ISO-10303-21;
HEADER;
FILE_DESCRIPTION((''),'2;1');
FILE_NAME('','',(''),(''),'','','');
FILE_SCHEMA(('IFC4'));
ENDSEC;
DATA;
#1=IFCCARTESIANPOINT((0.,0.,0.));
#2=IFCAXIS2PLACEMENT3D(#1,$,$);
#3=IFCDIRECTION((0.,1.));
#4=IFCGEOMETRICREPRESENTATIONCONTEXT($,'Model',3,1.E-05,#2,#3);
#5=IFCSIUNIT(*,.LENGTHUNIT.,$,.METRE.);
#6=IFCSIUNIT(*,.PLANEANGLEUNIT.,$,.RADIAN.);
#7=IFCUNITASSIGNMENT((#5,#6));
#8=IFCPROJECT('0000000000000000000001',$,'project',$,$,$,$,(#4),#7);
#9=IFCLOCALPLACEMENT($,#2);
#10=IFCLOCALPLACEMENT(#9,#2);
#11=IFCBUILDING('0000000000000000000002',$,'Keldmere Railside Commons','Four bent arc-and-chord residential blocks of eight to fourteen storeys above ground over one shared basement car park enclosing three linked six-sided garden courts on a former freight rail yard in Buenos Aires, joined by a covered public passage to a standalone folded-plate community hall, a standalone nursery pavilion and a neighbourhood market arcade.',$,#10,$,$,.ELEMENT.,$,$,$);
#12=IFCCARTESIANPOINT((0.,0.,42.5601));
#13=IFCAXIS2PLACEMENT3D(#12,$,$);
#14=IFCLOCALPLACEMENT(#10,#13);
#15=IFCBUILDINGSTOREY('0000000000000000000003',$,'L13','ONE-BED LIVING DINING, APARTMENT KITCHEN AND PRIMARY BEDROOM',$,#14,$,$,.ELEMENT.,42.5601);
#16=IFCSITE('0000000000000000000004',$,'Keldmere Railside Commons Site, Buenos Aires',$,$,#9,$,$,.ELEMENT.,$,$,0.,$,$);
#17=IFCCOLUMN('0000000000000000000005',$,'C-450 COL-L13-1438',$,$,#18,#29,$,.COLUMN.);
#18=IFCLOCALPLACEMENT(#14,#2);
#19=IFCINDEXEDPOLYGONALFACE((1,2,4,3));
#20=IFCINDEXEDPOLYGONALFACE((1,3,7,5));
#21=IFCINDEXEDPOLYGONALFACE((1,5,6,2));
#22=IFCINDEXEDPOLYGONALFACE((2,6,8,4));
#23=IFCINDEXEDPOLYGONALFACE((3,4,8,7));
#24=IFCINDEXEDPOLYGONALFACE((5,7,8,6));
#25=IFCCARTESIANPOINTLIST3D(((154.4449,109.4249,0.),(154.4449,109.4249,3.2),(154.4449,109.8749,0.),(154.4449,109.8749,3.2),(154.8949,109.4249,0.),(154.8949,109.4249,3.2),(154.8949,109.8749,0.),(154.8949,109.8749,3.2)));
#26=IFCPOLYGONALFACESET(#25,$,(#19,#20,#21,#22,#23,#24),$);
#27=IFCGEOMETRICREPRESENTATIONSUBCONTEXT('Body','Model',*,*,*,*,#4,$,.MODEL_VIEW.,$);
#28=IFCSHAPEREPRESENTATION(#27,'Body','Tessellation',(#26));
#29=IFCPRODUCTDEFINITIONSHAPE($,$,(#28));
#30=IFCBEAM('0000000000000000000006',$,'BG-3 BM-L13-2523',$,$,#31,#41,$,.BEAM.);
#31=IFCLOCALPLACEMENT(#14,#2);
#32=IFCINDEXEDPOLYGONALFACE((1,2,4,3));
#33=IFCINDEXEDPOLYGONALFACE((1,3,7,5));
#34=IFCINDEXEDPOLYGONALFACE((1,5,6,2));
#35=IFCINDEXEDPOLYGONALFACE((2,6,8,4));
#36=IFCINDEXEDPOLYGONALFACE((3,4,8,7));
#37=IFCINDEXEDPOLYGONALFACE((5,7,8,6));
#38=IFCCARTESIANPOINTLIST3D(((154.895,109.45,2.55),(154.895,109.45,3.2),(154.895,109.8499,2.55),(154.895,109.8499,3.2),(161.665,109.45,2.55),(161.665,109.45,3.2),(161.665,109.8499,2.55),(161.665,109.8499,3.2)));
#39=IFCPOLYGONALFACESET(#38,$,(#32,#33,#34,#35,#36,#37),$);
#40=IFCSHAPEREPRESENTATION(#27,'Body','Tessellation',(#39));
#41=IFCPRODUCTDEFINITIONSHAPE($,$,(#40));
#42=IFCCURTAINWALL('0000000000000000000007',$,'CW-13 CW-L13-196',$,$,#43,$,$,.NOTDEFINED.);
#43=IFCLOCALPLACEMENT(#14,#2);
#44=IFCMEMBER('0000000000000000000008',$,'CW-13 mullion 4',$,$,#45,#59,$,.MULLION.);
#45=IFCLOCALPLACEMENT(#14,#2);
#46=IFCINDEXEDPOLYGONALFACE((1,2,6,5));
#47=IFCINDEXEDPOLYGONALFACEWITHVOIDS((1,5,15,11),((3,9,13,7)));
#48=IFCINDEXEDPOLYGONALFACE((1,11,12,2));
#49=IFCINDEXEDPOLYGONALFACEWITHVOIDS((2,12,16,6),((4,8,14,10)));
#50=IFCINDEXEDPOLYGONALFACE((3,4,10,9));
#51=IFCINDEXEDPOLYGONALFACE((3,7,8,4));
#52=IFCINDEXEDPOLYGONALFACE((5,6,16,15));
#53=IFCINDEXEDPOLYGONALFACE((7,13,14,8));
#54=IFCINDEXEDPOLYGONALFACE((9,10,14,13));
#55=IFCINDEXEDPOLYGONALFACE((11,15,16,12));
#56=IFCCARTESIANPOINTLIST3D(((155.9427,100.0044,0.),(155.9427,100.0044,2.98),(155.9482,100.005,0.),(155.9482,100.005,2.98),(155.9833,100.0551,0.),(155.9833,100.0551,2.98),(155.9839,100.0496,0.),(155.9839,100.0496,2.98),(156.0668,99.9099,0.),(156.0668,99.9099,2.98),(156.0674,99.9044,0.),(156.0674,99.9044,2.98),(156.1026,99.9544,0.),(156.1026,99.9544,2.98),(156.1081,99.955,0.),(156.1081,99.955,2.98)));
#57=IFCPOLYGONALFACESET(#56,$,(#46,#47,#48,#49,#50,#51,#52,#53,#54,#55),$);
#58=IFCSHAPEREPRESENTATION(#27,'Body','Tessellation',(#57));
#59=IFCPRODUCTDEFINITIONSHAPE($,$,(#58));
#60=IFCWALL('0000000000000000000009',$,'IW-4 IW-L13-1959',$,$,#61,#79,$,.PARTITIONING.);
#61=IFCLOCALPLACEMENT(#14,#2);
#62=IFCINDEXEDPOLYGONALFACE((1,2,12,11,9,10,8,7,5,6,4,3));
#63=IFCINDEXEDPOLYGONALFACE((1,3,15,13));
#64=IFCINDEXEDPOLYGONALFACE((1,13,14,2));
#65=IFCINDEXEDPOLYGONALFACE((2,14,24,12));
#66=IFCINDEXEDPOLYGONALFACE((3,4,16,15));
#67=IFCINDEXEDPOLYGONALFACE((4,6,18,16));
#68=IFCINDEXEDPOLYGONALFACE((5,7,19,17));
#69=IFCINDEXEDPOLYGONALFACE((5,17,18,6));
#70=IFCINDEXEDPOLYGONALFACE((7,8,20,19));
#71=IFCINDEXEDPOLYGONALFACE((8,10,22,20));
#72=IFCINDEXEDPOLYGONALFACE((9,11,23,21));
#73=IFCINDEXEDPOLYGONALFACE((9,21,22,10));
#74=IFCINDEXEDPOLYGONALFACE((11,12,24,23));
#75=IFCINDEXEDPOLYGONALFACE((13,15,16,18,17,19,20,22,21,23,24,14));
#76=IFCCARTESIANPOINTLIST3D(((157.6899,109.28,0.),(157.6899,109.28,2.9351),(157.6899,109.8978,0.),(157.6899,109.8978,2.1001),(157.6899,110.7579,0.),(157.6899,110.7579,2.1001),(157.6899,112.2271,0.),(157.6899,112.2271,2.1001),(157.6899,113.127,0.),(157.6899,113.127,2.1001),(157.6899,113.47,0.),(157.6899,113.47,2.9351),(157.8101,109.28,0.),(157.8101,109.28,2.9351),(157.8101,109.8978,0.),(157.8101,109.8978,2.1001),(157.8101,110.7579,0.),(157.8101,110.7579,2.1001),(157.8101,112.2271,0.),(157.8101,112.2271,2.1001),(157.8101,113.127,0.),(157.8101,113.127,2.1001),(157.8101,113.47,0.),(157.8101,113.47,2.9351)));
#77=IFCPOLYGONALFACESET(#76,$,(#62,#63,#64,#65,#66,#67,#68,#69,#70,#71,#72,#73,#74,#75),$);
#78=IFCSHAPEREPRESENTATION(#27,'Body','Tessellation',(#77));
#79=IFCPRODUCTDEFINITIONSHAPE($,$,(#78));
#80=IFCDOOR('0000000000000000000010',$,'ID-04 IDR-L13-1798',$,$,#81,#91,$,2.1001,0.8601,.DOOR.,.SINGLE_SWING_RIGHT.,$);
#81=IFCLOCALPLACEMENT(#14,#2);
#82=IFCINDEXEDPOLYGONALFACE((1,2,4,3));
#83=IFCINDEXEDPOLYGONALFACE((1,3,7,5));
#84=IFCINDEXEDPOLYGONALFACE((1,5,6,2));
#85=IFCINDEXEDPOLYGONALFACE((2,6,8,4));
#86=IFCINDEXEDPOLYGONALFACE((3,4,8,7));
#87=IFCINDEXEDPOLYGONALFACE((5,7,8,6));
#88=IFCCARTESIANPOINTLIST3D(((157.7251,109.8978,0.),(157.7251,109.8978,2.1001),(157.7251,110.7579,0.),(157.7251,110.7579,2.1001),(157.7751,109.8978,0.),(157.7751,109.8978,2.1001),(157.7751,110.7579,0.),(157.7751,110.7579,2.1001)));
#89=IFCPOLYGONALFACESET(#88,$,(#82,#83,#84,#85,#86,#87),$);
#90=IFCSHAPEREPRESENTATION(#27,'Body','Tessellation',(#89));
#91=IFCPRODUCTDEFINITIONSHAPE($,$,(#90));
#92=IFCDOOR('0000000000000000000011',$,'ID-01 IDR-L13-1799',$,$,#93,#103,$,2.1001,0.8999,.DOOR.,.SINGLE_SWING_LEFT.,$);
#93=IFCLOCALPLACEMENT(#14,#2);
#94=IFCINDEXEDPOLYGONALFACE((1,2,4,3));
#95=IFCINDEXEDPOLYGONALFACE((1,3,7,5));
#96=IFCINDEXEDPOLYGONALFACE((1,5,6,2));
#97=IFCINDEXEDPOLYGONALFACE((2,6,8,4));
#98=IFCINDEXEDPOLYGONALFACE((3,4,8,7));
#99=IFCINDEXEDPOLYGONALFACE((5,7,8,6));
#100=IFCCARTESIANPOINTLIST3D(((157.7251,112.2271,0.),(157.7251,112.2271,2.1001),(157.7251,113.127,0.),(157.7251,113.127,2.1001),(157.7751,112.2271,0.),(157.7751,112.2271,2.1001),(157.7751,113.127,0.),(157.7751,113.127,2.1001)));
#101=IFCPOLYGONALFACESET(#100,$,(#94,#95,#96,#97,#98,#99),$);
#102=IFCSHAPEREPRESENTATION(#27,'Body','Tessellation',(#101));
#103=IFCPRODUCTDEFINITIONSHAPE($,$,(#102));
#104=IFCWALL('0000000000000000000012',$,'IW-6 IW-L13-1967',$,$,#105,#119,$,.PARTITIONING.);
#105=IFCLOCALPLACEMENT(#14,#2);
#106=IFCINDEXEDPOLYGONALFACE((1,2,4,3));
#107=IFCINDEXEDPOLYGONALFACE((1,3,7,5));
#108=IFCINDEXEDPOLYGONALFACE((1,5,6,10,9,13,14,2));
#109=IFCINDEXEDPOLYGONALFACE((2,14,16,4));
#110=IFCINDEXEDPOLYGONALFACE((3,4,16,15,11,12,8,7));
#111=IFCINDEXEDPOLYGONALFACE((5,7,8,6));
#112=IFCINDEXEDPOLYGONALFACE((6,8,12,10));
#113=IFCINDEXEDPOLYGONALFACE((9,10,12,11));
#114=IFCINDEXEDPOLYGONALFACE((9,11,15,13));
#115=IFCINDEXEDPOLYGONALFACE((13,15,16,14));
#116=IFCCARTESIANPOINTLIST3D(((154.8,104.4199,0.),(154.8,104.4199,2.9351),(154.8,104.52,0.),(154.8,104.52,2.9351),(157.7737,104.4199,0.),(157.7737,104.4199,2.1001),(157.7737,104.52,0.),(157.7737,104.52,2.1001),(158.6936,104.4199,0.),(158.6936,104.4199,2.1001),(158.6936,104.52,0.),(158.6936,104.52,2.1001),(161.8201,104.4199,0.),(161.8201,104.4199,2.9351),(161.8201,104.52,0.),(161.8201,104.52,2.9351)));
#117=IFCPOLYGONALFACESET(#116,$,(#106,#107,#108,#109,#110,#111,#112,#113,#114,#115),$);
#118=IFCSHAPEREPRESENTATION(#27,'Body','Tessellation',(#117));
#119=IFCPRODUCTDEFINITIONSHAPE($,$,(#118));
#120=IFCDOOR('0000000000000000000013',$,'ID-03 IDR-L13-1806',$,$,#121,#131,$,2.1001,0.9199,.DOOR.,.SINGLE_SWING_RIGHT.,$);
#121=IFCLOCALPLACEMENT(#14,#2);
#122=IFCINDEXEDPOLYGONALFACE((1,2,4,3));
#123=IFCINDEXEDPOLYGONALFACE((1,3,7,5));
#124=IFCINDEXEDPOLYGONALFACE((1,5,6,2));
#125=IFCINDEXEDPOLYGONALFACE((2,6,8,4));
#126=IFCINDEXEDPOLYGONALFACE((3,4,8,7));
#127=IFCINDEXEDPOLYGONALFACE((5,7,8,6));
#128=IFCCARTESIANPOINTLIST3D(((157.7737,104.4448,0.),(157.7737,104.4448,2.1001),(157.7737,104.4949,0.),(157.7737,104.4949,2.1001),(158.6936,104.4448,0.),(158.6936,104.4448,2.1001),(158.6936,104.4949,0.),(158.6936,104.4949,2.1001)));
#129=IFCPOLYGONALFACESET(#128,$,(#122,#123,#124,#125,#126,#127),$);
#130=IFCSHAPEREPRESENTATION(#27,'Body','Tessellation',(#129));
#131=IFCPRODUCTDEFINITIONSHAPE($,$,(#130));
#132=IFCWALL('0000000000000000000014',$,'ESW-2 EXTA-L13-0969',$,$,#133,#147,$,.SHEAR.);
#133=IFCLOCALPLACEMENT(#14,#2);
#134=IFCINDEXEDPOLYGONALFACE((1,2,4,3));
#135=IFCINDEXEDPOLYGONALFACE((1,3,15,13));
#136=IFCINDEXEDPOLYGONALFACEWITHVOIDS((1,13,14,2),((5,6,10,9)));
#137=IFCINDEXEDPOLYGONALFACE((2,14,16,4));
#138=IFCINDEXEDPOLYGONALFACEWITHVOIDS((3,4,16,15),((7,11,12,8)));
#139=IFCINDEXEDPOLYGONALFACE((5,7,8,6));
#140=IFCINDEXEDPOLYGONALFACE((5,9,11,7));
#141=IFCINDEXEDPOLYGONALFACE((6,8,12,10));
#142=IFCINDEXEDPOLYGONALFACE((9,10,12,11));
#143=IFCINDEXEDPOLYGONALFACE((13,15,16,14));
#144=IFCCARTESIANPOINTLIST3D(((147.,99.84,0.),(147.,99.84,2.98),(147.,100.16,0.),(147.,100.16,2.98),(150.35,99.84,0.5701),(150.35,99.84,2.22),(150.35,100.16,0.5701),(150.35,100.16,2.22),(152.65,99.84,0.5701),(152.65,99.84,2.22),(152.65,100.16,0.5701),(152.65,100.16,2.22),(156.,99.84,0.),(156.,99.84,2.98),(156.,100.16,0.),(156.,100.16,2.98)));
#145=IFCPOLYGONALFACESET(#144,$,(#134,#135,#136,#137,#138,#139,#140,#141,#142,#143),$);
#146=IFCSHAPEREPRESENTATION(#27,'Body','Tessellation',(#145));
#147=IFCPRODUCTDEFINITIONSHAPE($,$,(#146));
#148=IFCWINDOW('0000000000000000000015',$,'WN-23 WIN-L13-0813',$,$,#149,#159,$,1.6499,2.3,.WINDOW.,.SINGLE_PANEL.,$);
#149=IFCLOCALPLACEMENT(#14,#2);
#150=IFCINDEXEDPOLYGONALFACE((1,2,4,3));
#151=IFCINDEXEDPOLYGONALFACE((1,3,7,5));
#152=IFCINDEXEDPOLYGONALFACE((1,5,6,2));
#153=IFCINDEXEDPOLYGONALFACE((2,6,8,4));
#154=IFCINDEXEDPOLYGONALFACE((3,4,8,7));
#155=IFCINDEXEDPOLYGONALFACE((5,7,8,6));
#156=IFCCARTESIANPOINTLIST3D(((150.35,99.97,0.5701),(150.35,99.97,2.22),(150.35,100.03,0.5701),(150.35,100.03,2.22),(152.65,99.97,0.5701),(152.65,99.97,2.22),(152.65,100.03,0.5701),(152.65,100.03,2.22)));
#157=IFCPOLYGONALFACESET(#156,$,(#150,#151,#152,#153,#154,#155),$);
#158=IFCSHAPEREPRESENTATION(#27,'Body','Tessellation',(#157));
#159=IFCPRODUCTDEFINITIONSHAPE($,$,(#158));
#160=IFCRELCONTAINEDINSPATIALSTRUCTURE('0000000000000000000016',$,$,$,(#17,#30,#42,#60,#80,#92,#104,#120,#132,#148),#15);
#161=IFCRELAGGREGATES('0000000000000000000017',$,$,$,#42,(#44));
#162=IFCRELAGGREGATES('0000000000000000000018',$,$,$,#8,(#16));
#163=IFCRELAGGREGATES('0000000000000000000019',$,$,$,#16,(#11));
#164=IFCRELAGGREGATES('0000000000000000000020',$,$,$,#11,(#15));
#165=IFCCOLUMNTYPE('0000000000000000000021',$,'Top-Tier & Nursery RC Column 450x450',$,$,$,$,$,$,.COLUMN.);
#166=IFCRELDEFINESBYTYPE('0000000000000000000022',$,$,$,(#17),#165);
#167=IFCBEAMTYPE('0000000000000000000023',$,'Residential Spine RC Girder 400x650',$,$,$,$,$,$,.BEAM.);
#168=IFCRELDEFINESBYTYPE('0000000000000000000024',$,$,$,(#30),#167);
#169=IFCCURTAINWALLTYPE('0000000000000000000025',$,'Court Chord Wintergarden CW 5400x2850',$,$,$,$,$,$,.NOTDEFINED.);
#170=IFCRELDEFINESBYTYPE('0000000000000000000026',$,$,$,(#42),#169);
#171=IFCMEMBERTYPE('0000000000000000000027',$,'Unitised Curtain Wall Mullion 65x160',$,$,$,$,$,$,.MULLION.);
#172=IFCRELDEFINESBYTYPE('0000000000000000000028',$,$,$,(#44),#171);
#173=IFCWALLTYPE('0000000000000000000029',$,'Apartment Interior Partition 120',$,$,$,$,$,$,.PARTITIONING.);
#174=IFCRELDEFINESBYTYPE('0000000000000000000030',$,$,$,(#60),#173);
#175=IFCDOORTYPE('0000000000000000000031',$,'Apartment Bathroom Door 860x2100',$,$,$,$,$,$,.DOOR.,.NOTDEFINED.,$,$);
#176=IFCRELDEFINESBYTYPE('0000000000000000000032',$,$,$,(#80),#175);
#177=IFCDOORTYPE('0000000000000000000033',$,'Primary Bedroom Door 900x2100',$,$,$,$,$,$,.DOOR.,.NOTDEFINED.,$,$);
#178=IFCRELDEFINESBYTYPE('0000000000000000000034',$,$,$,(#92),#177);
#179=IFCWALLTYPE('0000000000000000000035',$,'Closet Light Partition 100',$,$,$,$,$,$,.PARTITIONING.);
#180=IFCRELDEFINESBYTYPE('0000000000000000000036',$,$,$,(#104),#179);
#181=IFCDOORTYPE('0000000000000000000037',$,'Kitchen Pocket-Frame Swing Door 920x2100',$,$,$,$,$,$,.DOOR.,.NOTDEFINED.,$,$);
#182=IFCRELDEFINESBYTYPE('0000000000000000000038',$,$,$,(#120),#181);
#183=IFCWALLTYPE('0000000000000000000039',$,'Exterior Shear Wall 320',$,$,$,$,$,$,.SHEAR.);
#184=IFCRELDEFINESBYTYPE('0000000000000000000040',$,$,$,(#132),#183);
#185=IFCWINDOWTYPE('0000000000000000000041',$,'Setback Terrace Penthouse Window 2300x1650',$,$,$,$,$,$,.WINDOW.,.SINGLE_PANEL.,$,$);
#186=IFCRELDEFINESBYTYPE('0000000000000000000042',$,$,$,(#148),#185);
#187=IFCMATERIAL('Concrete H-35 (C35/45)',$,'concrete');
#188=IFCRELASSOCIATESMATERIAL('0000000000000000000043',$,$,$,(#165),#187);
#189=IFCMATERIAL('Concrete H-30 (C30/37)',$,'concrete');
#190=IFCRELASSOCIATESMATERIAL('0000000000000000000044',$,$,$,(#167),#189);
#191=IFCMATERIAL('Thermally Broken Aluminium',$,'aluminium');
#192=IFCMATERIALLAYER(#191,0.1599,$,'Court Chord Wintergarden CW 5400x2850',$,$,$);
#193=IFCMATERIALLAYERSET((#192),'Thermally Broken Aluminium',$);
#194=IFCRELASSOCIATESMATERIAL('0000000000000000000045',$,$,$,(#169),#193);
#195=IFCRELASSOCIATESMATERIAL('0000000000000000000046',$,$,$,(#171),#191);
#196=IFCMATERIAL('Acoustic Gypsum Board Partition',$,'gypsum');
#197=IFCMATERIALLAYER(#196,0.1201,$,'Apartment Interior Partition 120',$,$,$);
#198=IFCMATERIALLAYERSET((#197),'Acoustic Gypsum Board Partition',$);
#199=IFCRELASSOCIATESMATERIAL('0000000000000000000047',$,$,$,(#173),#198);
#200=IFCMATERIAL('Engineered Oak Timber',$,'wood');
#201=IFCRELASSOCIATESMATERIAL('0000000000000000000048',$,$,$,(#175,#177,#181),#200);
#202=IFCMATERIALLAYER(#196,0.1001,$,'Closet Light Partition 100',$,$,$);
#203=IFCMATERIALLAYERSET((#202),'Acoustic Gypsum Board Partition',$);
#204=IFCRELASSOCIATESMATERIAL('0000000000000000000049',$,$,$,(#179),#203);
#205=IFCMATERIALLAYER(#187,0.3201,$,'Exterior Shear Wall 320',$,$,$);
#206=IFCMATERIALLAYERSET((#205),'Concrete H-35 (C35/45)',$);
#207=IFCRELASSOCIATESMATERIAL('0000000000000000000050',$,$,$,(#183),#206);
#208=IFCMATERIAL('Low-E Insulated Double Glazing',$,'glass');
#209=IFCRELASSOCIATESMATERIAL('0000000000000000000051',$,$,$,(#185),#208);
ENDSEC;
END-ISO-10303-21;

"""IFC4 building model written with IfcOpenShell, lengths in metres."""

from ifc_helpers import new_model, si_unit, direction, frame, frame_2d, origin, origin_2d, place, context, subcontext, project, spatial, rectangle, hollow_rectangle, extrude, material, layer, layer_set, material_profile, profile_set, type_object, element, fill, aggregate, save


model = new_model("IFC4")

# Units and contexts
model_context = context("Model", 3, precision=1e-05, world=origin(), true_north=direction((0.0, 1.0)))
body_context = subcontext(model_context, "Body", "Model", "MODEL_VIEW")
ifc_project = project(units=[si_unit("LENGTHUNIT", "METRE"), si_unit("PLANEANGLEUNIT", "RADIAN")], contexts=[model_context])

# Site, building, storey
site_placement = place(None, origin())
site = spatial("IfcSite", under=ifc_project, at=site_placement, Name="Keldmere Railside Commons Site, Buenos Aires", CompositionType="ELEMENT", RefElevation=0.0)
building_placement = place(site_placement, origin())
building = spatial("IfcBuilding", under=site, at=building_placement, Name="Keldmere Railside Commons", Description="Four bent arc-and-chord residential blocks of eight to fourteen storeys above ground over one shared basement car park enclosing three linked six-sided garden courts on a former freight rail yard in Buenos Aires, joined by a covered public passage to a standalone folded-plate community hall, a standalone nursery pavilion and a neighbourhood market arcade.", CompositionType="ELEMENT")
storey_placement = place(building_placement, frame((0.0, 0.0, 42.5601)))
storey = spatial("IfcBuildingStorey", under=building, at=storey_placement, Name="L13", Description="ONE-BED LIVING DINING, APARTMENT KITCHEN AND PRIMARY BEDROOM", CompositionType="ELEMENT", Elevation=42.5601)

# Column
ifc_material_1 = material(Name="Concrete H-35 (C35/45)", Category="concrete")
ifc_material_profile_1 = material_profile(ifc_material_1, rectangle(XDim=0.45, YDim=0.45, at=origin_2d()), Name="RC-450x450")
ifc_profile_set_1 = profile_set([ifc_material_profile_1], Name="Concrete H-35 (C35/45)")
column_type = type_object("IfcColumnType", Name="Top-Tier & Nursery RC Column 450x450", PredefinedType="COLUMN", material=ifc_profile_set_1)
column_placement = place(storey_placement, frame((154.6699, 109.6499, 0.0), z_axis=(0.0, 0.0, 1.0), x_axis=(1.0, 0.0, 0.0)))
element("IfcColumn", 1, at=column_placement, inside=storey, type_object=column_type, Name="C-450 COL-L13-1438", PredefinedType="COLUMN", context=body_context, shape_type="SweptSolid", body=[
    extrude(rectangle(XDim=0.45, YDim=0.45, at=origin_2d()), origin(), (0.0, 0.0, 1.0), 3.2),
])

# Beam
ifc_material_2 = material(Name="Concrete H-30 (C30/37)", Category="concrete")
ifc_material_profile_2 = material_profile(ifc_material_2, rectangle(XDim=0.3999, YDim=0.6499, at=origin_2d()), Name="RC-400x650")
ifc_profile_set_2 = profile_set([ifc_material_profile_2], Name="Concrete H-30 (C30/37)")
beam_type = type_object("IfcBeamType", Name="Residential Spine RC Girder 400x650", PredefinedType="BEAM", material=ifc_profile_set_2)
beam_placement = place(storey_placement, frame((154.895, 109.6499, 2.875), z_axis=(1.0, 0.0, 0.0), x_axis=(0.0, 1.0, 0.0)))
element("IfcBeam", 2, at=beam_placement, inside=storey, type_object=beam_type, Name="BG-3 BM-L13-2523", PredefinedType="BEAM", context=body_context, shape_type="SweptSolid", body=[
    extrude(rectangle(XDim=0.3999, YDim=0.6499, at=origin_2d()), origin(), (0.0, 0.0, 1.0), 6.77),
])

# Curtain wall, member
ifc_material_3 = material(Name="Thermally Broken Aluminium", Category="aluminium")
ifc_layer_1 = layer(ifc_material_3, 0.1599, Name="Court Chord Wintergarden CW 5400x2850")
ifc_layer_set_1 = layer_set([ifc_layer_1], Name="Thermally Broken Aluminium")
curtain_wall_type = type_object("IfcCurtainWallType", Name="Court Chord Wintergarden CW 5400x2850", PredefinedType="NOTDEFINED", material=ifc_layer_set_1)
curtain_wall_placement = place(storey_placement, origin())
curtain_wall = element("IfcCurtainWall", 3, at=curtain_wall_placement, inside=storey, type_object=curtain_wall_type, Name="CW-13 CW-L13-196", PredefinedType="NOTDEFINED")
ifc_material_profile_3 = material_profile(ifc_material_3, hollow_rectangle(XDim=0.0649, YDim=0.1599, WallThickness=0.0039, at=origin_2d()), Name="ALU-MULL-65x160")
ifc_profile_set_3 = profile_set([ifc_material_profile_3], Name="Thermally Broken Aluminium")
member_type = type_object("IfcMemberType", Name="Unitised Curtain Wall Mullion 65x160", PredefinedType="MULLION", material=ifc_profile_set_3)
member_placement = place(storey_placement, frame((156.0254, 99.9797, 0.0), z_axis=(0.0, 0.0, 1.0), x_axis=(-0.625768, -0.780009, 0.0)))
member = element("IfcMember", 4, at=member_placement, type_object=member_type, Name="CW-13 mullion 4", PredefinedType="MULLION", context=body_context, shape_type="SweptSolid", body=[
    extrude(hollow_rectangle(XDim=0.0649, YDim=0.1599, WallThickness=0.0039, at=origin_2d()), origin(), (0.0, 0.0, 1.0), 2.98),
])
aggregate(curtain_wall, [member])

# Wall, openings, doors
ifc_material_4 = material(Name="Acoustic Gypsum Board Partition", Category="gypsum")
ifc_layer_2 = layer(ifc_material_4, 0.1201, Name="Apartment Interior Partition 120")
ifc_layer_set_2 = layer_set([ifc_layer_2], Name="Acoustic Gypsum Board Partition")
wall_type_1 = type_object("IfcWallType", Name="Apartment Interior Partition 120", PredefinedType="PARTITIONING", material=ifc_layer_set_2)
wall_1_placement = place(storey_placement, frame((157.75, 109.28, 0.0), z_axis=(0.0, 0.0, 1.0), x_axis=(0.0, 1.0, 0.0)))
wall_1 = element("IfcWall", 5, at=wall_1_placement, inside=storey, type_object=wall_type_1, Name="IW-4 IW-L13-1959", PredefinedType="PARTITIONING", context=body_context, shape_type="SweptSolid", body=[
    extrude(rectangle(XDim=4.1899, YDim=0.1201, at=frame_2d((2.095, 0.0))), origin(), (0.0, 0.0, 1.0), 2.9351),
])
opening_1_placement = place(wall_1_placement, frame((0.6177, 0.0, 0.0)))
opening_1 = element("IfcOpeningElement", 6, at=opening_1_placement, cuts=wall_1, PredefinedType="OPENING", context=body_context, shape_type="SweptSolid", body=[
    extrude(rectangle(XDim=0.8601, YDim=2.1001, at=frame_2d((0.4302, 1.05))), frame((0.0, 0.0701, 0.0), z_axis=(0.0, -1.0, 0.0), x_axis=(1.0, 0.0, 0.0)), (0.0, 0.0, 1.0), 0.1401),
])
opening_2_placement = place(wall_1_placement, frame((2.947, 0.0, 0.0)))
opening_2 = element("IfcOpeningElement", 7, at=opening_2_placement, cuts=wall_1, PredefinedType="OPENING", context=body_context, shape_type="SweptSolid", body=[
    extrude(rectangle(XDim=0.8999, YDim=2.1001, at=frame_2d((0.45, 1.05))), frame((0.0, 0.0701, 0.0), z_axis=(0.0, -1.0, 0.0), x_axis=(1.0, 0.0, 0.0)), (0.0, 0.0, 1.0), 0.1401),
])
ifc_material_5 = material(Name="Engineered Oak Timber", Category="wood")
door_type_1 = type_object("IfcDoorType", Name="Apartment Bathroom Door 860x2100", OperationType="NOTDEFINED", PredefinedType="DOOR", material=ifc_material_5)
door_1_placement = place(opening_1_placement, origin())
door_1 = element("IfcDoor", 8, at=door_1_placement, inside=storey, type_object=door_type_1, Name="ID-04 IDR-L13-1798", OperationType="SINGLE_SWING_RIGHT", OverallHeight=2.1001, OverallWidth=0.8601, PredefinedType="DOOR", context=body_context, shape_type="SweptSolid", body=[
    extrude(rectangle(XDim=0.8601, YDim=2.1001, at=frame_2d((0.4302, 1.05))), frame((0.0, 0.0249, 0.0), z_axis=(0.0, -1.0, 0.0), x_axis=(1.0, 0.0, 0.0)), (0.0, 0.0, 1.0), 0.05),
])
fill(opening_1, door_1)
door_type_2 = type_object("IfcDoorType", Name="Primary Bedroom Door 900x2100", OperationType="NOTDEFINED", PredefinedType="DOOR", material=ifc_material_5)
door_2_placement = place(opening_2_placement, origin())
door_2 = element("IfcDoor", 9, at=door_2_placement, inside=storey, type_object=door_type_2, Name="ID-01 IDR-L13-1799", OperationType="SINGLE_SWING_LEFT", OverallHeight=2.1001, OverallWidth=0.8999, PredefinedType="DOOR", context=body_context, shape_type="SweptSolid", body=[
    extrude(rectangle(XDim=0.8999, YDim=2.1001, at=frame_2d((0.45, 1.05))), frame((0.0, 0.0249, 0.0), z_axis=(0.0, -1.0, 0.0), x_axis=(1.0, 0.0, 0.0)), (0.0, 0.0, 1.0), 0.05),
])
fill(opening_2, door_2)

# Wall, opening, door
ifc_layer_3 = layer(ifc_material_4, 0.1001, Name="Closet Light Partition 100")
ifc_layer_set_3 = layer_set([ifc_layer_3], Name="Acoustic Gypsum Board Partition")
wall_type_2 = type_object("IfcWallType", Name="Closet Light Partition 100", PredefinedType="PARTITIONING", material=ifc_layer_set_3)
wall_2_placement = place(storey_placement, frame((154.8, 104.47, 0.0), z_axis=(0.0, 0.0, 1.0), x_axis=(1.0, 0.0, 0.0)))
wall_2 = element("IfcWall", 10, at=wall_2_placement, inside=storey, type_object=wall_type_2, Name="IW-6 IW-L13-1967", PredefinedType="PARTITIONING", context=body_context, shape_type="SweptSolid", body=[
    extrude(rectangle(XDim=7.02, YDim=0.1001, at=frame_2d((3.51, 0.0))), origin(), (0.0, 0.0, 1.0), 2.9351),
])
opening_3_placement = place(wall_2_placement, frame((2.9736, 0.0, 0.0)))
opening_3 = element("IfcOpeningElement", 11, at=opening_3_placement, cuts=wall_2, PredefinedType="OPENING", context=body_context, shape_type="SweptSolid", body=[
    extrude(rectangle(XDim=0.9199, YDim=2.1001, at=frame_2d((0.46, 1.05))), frame((0.0, 0.0601, 0.0), z_axis=(0.0, -1.0, 0.0), x_axis=(1.0, 0.0, 0.0)), (0.0, 0.0, 1.0), 0.1201),
])
door_type_3 = type_object("IfcDoorType", Name="Kitchen Pocket-Frame Swing Door 920x2100", OperationType="NOTDEFINED", PredefinedType="DOOR", material=ifc_material_5)
door_3_placement = place(opening_3_placement, origin())
door_3 = element("IfcDoor", 12, at=door_3_placement, inside=storey, type_object=door_type_3, Name="ID-03 IDR-L13-1806", OperationType="SINGLE_SWING_RIGHT", OverallHeight=2.1001, OverallWidth=0.9199, PredefinedType="DOOR", context=body_context, shape_type="SweptSolid", body=[
    extrude(rectangle(XDim=0.9199, YDim=2.1001, at=frame_2d((0.46, 1.05))), frame((0.0, 0.0249, 0.0), z_axis=(0.0, -1.0, 0.0), x_axis=(1.0, 0.0, 0.0)), (0.0, 0.0, 1.0), 0.05),
])
fill(opening_3, door_3)

# Wall, opening, window
ifc_layer_4 = layer(ifc_material_1, 0.3201, Name="Exterior Shear Wall 320")
ifc_layer_set_4 = layer_set([ifc_layer_4], Name="Concrete H-35 (C35/45)")
wall_type_3 = type_object("IfcWallType", Name="Exterior Shear Wall 320", PredefinedType="SHEAR", material=ifc_layer_set_4)
wall_3_placement = place(storey_placement, frame((156.0, 100.0, 0.0), z_axis=(0.0, 0.0, 1.0), x_axis=(-1.0, 0.0, 0.0)))
wall_3 = element("IfcWall", 13, at=wall_3_placement, inside=storey, type_object=wall_type_3, Name="ESW-2 EXTA-L13-0969", PredefinedType="SHEAR", context=body_context, shape_type="SweptSolid", body=[
    extrude(rectangle(XDim=9.0, YDim=0.3201, at=frame_2d((4.5, 0.0))), origin(), (0.0, 0.0, 1.0), 2.98),
])
opening_4_placement = place(wall_3_placement, frame((3.3501, 0.0, 0.5701)))
opening_4 = element("IfcOpeningElement", 14, at=opening_4_placement, cuts=wall_3, PredefinedType="OPENING", context=body_context, shape_type="SweptSolid", body=[
    extrude(rectangle(XDim=2.3, YDim=1.6499, at=frame_2d((1.1499, 0.825))), frame((0.0, 0.1699, 0.0), z_axis=(0.0, -1.0, 0.0), x_axis=(1.0, 0.0, 0.0)), (0.0, 0.0, 1.0), 0.3401),
])
ifc_material_6 = material(Name="Low-E Insulated Double Glazing", Category="glass")
window_type = type_object("IfcWindowType", Name="Setback Terrace Penthouse Window 2300x1650", PartitioningType="SINGLE_PANEL", PredefinedType="WINDOW", material=ifc_material_6)
window_placement = place(opening_4_placement, origin())
window = element("IfcWindow", 15, at=window_placement, inside=storey, type_object=window_type, Name="WN-23 WIN-L13-0813", OverallHeight=1.6499, OverallWidth=2.3, PartitioningType="SINGLE_PANEL", PredefinedType="WINDOW", context=body_context, shape_type="SweptSolid", body=[
    extrude(rectangle(XDim=2.3, YDim=1.6499, at=frame_2d((1.1499, 0.825))), frame((0.0, 0.03, 0.0), z_axis=(0.0, -1.0, 0.0), x_axis=(1.0, 0.0, 0.0)), (0.0, 0.0, 1.0), 0.0601),
])
fill(opening_4, window)

save(model, "model.ifc")
